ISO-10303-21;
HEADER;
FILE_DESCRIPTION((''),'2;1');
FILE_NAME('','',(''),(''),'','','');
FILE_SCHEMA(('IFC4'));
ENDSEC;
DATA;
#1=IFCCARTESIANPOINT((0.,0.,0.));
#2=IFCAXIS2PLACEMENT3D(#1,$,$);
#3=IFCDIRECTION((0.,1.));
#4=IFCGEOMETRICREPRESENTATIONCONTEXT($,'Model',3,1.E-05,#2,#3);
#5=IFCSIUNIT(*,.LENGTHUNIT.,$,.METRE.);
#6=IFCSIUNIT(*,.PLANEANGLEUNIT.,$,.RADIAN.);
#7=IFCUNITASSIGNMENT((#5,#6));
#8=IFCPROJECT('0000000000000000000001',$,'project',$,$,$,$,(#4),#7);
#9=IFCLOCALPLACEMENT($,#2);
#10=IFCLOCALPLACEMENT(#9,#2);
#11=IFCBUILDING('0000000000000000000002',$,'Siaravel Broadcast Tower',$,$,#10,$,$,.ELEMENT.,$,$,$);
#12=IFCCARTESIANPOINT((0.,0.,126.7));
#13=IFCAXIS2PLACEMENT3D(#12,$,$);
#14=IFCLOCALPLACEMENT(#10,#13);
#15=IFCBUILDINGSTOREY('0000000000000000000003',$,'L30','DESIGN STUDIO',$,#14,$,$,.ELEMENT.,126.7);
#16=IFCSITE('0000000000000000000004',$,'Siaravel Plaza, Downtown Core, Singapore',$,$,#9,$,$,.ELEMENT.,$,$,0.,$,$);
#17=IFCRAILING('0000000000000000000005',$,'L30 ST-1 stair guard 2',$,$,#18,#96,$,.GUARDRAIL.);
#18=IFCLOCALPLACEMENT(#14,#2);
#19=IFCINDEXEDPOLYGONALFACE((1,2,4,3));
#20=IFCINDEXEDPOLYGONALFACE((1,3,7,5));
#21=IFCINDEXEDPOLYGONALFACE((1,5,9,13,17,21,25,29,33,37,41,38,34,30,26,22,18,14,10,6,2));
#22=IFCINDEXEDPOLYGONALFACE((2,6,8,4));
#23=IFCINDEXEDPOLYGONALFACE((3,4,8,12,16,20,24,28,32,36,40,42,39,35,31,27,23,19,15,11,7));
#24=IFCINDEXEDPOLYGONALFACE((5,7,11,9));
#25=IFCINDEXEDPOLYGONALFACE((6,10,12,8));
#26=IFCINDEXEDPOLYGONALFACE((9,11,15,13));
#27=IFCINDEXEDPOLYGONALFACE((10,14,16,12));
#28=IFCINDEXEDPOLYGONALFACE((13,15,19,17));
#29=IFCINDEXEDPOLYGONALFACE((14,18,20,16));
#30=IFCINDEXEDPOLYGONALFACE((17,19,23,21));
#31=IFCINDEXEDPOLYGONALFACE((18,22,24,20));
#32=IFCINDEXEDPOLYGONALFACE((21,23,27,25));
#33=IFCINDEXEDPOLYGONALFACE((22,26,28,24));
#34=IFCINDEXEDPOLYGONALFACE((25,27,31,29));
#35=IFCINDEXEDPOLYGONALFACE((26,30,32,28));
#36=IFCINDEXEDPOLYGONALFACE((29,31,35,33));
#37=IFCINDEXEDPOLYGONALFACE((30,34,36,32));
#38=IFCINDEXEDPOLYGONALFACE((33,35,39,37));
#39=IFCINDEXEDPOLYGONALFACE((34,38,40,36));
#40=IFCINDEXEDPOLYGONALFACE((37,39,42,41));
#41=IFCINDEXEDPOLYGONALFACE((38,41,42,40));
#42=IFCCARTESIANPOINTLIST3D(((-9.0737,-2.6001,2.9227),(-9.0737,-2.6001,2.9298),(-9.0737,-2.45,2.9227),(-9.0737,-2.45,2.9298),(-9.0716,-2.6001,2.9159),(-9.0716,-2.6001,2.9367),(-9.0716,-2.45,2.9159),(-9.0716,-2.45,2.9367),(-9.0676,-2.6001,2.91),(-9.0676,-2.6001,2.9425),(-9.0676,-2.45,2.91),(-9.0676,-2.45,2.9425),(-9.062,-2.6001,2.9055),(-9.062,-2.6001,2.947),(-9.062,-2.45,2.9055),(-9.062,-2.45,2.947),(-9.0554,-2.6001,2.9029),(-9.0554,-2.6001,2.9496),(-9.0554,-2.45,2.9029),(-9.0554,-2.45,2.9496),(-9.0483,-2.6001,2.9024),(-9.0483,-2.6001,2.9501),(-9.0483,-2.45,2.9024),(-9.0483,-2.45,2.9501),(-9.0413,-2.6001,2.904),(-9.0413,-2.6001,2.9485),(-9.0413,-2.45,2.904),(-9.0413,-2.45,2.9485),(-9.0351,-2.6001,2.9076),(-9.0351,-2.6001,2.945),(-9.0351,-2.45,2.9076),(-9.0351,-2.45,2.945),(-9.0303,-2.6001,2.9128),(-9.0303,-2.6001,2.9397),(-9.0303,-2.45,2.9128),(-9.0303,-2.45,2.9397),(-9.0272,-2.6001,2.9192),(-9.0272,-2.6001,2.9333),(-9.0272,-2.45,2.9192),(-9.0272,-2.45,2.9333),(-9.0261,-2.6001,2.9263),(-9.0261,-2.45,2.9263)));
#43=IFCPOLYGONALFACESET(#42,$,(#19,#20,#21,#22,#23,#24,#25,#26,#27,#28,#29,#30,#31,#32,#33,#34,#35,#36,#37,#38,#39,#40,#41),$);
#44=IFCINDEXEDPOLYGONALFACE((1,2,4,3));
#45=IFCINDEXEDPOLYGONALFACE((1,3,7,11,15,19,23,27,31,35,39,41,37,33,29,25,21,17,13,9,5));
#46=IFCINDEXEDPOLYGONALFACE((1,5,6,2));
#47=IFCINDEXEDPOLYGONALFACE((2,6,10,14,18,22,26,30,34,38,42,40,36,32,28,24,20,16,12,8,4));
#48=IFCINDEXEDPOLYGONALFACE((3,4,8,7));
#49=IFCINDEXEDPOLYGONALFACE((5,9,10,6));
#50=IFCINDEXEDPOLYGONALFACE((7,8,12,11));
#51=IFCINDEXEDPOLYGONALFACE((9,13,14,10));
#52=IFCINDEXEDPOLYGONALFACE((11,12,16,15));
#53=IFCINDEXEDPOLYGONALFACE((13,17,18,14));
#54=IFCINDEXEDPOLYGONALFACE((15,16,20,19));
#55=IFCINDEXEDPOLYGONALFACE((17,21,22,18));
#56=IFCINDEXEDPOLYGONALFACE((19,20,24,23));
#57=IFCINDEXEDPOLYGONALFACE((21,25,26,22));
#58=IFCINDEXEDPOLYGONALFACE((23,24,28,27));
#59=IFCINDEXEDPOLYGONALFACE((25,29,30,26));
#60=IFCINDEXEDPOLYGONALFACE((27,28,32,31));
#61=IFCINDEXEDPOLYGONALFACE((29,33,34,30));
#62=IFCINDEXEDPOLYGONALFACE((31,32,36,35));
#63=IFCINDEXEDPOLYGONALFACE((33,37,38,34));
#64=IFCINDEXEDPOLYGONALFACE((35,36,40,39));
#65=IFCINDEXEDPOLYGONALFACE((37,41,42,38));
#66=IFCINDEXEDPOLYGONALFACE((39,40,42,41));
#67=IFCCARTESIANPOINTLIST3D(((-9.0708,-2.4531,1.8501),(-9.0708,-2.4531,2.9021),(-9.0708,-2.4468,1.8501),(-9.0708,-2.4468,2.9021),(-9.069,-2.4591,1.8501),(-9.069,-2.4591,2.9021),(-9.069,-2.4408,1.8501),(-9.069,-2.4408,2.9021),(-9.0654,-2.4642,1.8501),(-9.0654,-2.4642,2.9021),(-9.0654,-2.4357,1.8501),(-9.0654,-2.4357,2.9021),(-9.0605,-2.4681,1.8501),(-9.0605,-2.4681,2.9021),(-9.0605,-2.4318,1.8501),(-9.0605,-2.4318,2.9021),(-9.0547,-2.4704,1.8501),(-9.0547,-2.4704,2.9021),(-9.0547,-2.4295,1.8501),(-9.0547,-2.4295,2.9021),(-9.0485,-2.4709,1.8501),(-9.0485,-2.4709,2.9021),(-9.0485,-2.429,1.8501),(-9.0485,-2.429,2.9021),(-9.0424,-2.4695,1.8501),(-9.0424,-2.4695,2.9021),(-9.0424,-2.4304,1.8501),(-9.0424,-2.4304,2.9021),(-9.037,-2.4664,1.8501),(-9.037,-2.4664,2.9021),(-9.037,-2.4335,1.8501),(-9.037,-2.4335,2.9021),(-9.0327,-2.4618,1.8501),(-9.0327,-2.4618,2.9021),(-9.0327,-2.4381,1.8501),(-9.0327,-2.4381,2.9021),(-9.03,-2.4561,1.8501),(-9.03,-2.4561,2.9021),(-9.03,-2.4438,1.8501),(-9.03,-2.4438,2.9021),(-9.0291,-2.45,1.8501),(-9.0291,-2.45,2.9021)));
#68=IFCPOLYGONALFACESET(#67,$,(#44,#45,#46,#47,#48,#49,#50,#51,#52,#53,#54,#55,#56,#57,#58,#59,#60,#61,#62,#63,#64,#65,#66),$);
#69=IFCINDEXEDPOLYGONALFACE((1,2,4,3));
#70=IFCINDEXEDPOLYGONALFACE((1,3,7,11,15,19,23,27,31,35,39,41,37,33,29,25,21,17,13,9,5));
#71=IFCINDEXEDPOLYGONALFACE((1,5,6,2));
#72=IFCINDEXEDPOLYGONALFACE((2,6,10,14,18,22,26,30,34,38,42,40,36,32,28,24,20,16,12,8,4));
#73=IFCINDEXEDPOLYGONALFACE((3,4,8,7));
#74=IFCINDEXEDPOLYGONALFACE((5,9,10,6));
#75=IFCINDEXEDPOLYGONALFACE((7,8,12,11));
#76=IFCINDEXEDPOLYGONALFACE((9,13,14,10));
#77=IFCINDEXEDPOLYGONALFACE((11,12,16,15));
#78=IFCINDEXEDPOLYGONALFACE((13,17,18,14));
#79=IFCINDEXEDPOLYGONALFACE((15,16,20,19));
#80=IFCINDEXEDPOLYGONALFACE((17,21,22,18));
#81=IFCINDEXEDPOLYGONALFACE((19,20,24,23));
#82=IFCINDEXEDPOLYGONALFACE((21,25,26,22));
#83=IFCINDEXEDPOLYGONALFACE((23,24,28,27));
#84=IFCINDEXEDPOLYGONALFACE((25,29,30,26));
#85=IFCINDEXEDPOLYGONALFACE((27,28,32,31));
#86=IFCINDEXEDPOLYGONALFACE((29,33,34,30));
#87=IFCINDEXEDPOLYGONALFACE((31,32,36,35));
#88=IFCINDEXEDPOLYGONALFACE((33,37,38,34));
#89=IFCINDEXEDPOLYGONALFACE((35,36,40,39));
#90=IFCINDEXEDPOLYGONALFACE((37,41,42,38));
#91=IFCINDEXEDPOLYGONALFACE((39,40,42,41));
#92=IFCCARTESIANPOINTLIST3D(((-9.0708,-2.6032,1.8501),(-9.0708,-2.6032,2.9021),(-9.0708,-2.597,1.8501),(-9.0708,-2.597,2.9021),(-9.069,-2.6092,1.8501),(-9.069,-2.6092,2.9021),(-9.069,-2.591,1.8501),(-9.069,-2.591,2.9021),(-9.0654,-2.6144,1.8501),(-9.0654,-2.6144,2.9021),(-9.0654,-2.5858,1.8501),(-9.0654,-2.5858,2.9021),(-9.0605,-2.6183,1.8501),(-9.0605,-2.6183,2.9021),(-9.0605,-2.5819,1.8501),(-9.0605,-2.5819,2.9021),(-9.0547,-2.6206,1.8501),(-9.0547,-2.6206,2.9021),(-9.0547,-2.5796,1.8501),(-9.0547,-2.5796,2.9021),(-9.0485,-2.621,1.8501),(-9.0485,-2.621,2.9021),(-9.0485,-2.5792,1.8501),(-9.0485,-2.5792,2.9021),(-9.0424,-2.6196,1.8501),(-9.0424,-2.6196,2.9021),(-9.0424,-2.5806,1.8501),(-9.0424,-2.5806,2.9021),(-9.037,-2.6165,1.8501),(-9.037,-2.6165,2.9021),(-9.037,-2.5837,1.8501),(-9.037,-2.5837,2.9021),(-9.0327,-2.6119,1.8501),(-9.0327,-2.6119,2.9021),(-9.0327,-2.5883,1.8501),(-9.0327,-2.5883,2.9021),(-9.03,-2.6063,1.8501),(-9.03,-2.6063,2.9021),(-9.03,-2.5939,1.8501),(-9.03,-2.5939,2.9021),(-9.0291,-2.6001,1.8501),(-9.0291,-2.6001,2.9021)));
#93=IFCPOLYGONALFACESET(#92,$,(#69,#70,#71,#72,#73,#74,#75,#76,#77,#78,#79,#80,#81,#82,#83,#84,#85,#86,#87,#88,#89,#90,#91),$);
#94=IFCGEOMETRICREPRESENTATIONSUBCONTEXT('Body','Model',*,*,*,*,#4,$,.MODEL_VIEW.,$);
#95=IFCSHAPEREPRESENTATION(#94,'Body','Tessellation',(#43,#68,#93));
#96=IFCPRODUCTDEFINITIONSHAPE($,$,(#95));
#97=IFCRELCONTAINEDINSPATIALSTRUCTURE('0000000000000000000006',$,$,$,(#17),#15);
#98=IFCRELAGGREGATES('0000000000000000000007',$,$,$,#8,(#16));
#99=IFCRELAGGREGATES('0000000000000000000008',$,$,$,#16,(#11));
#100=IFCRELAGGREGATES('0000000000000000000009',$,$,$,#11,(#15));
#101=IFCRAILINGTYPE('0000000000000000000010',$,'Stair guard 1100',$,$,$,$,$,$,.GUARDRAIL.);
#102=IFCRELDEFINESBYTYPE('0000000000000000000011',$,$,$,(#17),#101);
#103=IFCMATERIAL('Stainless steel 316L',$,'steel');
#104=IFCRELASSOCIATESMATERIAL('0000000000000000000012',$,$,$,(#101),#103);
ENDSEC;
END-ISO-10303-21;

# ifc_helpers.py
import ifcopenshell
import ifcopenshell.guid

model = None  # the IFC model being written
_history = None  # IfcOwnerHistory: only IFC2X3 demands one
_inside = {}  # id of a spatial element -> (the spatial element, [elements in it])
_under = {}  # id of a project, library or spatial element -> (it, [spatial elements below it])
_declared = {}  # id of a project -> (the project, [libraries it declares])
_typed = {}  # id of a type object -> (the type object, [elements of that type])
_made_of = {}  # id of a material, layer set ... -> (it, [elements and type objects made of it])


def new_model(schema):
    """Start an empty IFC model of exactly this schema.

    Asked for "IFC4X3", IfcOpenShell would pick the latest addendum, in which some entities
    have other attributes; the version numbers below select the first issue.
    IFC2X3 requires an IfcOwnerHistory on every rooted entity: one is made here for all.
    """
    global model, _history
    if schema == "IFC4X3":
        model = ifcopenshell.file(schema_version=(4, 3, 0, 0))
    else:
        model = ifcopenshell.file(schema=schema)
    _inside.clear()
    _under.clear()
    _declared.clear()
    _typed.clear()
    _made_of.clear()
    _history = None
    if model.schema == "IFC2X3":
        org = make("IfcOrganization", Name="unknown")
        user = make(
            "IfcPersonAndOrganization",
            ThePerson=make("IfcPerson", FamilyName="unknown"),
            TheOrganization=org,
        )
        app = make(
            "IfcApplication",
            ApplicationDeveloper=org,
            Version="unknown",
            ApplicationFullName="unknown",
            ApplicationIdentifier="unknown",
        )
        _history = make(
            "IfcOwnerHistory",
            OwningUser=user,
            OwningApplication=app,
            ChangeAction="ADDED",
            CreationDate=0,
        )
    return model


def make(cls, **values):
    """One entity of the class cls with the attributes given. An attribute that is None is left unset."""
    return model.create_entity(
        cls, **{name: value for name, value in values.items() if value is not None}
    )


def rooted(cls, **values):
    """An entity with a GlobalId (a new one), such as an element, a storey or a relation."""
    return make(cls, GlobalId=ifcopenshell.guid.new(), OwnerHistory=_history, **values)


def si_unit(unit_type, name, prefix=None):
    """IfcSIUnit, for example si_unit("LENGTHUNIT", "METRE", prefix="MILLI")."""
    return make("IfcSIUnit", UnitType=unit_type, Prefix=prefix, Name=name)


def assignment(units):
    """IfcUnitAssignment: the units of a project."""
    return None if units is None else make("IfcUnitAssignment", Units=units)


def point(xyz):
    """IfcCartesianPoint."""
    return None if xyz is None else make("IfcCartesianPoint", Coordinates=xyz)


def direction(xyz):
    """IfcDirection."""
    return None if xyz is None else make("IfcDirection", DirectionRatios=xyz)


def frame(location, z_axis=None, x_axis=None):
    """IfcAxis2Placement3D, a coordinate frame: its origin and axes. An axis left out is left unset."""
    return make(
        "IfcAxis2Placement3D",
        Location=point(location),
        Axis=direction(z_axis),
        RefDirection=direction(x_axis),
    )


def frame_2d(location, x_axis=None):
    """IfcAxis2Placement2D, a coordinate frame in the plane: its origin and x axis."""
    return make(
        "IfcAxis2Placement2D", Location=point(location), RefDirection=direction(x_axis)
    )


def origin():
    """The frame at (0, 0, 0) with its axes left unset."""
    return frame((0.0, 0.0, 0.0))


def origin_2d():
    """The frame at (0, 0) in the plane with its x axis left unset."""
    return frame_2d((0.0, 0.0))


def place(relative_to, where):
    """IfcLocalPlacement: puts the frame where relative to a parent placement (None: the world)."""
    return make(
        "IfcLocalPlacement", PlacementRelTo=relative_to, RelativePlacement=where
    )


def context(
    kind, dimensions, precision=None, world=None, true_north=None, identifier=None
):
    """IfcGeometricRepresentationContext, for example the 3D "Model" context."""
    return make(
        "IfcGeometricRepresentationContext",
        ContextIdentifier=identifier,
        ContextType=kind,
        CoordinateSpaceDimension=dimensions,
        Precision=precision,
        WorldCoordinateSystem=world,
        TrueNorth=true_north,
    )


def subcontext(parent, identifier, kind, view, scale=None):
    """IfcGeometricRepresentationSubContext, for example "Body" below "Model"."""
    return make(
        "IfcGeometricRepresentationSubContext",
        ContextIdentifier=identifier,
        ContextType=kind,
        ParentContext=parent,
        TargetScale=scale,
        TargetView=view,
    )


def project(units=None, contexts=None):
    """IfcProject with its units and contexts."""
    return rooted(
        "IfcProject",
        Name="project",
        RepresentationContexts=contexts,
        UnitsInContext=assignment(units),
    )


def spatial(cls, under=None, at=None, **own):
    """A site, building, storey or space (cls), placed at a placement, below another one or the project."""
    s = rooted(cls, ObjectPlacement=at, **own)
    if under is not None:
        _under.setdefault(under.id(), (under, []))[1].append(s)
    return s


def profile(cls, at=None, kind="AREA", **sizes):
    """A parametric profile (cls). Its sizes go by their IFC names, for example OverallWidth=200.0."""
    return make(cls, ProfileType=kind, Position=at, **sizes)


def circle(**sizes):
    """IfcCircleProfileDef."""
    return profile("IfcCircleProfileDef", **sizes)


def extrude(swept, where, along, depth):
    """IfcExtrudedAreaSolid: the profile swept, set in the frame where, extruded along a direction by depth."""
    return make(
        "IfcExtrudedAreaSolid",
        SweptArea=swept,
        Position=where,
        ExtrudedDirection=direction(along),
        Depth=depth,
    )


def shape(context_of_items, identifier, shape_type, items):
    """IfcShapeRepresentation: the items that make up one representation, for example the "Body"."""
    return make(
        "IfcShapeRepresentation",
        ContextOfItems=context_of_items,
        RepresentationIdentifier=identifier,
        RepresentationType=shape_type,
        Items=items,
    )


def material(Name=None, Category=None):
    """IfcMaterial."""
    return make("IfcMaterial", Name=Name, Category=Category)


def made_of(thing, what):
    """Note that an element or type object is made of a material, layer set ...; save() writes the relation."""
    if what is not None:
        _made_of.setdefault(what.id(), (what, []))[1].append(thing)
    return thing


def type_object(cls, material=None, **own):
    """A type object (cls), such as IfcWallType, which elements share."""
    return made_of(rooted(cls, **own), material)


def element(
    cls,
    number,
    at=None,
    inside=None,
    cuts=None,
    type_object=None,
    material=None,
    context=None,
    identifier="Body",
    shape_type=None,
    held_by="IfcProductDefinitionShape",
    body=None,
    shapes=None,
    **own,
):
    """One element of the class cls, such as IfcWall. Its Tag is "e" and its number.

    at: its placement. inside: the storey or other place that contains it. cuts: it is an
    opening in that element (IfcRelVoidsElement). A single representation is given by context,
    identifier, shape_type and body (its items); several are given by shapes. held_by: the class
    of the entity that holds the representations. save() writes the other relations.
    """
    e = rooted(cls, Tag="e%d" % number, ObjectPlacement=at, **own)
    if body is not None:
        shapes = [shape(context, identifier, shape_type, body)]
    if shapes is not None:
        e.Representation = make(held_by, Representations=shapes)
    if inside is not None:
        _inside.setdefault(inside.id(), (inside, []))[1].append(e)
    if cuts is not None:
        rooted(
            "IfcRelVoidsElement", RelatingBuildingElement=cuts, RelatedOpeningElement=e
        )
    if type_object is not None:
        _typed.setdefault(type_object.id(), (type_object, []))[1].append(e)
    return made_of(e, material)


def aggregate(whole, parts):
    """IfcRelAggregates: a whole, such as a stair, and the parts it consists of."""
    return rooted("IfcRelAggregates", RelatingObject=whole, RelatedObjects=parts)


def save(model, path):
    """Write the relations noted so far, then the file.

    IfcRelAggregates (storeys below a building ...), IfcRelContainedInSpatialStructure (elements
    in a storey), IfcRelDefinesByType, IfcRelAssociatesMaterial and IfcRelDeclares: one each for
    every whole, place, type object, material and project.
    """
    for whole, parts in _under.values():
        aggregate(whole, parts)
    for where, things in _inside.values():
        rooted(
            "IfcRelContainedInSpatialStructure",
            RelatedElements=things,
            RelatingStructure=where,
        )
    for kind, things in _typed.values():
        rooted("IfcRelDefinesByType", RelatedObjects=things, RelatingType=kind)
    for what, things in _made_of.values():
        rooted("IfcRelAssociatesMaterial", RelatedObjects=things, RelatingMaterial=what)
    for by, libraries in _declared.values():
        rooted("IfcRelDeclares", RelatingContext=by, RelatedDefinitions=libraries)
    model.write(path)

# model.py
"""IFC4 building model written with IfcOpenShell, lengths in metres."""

from ifc_helpers import new_model, si_unit, direction, frame, origin, origin_2d, place, context, subcontext, project, spatial, circle, extrude, material, type_object, element, save


model = new_model("IFC4")

# Units and contexts
model_context = context("Model", 3, precision=1e-05, world=origin(), true_north=direction((0.0, 1.0)))
body_context = subcontext(model_context, "Body", "Model", "MODEL_VIEW")
ifc_project = project(units=[si_unit("LENGTHUNIT", "METRE"), si_unit("PLANEANGLEUNIT", "RADIAN")], contexts=[model_context])

# Site, building, storey
site_placement = place(None, origin())
site = spatial("IfcSite", under=ifc_project, at=site_placement, Name="Siaravel Plaza, Downtown Core, Singapore", CompositionType="ELEMENT", RefElevation=0.0)
building_placement = place(site_placement, origin())
building = spatial("IfcBuilding", under=site, at=building_placement, Name="Siaravel Broadcast Tower", CompositionType="ELEMENT")
storey_placement = place(building_placement, frame((0.0, 0.0, 126.7)))
storey = spatial("IfcBuildingStorey", under=building, at=storey_placement, Name="L30", Description="DESIGN STUDIO", CompositionType="ELEMENT", Elevation=126.7)

# Railing
ifc_material_1 = material(Name="Stainless steel 316L", Category="steel")
railing_type_1 = type_object("IfcRailingType", Name="Stair guard 1100", PredefinedType="GUARDRAIL", material=ifc_material_1)
railing_1_placement = place(storey_placement, frame((-9.05, -2.45, 1.8501)))
element("IfcRailing", 1, at=railing_1_placement, inside=storey, type_object=railing_type_1, Name="L30 ST-1 stair guard 2", PredefinedType="GUARDRAIL", context=body_context, shape_type="SweptSolid", body=[
    extrude(circle(Radius=0.0239, at=origin_2d()), frame((0.0, 0.0, 1.0762), z_axis=(0.0, -1.0, 0.0), x_axis=(1.0, 0.0, 0.0)), (0.0, 0.0, 1.0), 0.1501),
    extrude(circle(Radius=0.021, at=origin_2d()), origin(), (0.0, 0.0, 1.0), 1.052),
    extrude(circle(Radius=0.021, at=origin_2d()), frame((0.0, -0.1501, 0.0)), (0.0, 0.0, 1.0), 1.052),
])

save(model, "model.ifc")
